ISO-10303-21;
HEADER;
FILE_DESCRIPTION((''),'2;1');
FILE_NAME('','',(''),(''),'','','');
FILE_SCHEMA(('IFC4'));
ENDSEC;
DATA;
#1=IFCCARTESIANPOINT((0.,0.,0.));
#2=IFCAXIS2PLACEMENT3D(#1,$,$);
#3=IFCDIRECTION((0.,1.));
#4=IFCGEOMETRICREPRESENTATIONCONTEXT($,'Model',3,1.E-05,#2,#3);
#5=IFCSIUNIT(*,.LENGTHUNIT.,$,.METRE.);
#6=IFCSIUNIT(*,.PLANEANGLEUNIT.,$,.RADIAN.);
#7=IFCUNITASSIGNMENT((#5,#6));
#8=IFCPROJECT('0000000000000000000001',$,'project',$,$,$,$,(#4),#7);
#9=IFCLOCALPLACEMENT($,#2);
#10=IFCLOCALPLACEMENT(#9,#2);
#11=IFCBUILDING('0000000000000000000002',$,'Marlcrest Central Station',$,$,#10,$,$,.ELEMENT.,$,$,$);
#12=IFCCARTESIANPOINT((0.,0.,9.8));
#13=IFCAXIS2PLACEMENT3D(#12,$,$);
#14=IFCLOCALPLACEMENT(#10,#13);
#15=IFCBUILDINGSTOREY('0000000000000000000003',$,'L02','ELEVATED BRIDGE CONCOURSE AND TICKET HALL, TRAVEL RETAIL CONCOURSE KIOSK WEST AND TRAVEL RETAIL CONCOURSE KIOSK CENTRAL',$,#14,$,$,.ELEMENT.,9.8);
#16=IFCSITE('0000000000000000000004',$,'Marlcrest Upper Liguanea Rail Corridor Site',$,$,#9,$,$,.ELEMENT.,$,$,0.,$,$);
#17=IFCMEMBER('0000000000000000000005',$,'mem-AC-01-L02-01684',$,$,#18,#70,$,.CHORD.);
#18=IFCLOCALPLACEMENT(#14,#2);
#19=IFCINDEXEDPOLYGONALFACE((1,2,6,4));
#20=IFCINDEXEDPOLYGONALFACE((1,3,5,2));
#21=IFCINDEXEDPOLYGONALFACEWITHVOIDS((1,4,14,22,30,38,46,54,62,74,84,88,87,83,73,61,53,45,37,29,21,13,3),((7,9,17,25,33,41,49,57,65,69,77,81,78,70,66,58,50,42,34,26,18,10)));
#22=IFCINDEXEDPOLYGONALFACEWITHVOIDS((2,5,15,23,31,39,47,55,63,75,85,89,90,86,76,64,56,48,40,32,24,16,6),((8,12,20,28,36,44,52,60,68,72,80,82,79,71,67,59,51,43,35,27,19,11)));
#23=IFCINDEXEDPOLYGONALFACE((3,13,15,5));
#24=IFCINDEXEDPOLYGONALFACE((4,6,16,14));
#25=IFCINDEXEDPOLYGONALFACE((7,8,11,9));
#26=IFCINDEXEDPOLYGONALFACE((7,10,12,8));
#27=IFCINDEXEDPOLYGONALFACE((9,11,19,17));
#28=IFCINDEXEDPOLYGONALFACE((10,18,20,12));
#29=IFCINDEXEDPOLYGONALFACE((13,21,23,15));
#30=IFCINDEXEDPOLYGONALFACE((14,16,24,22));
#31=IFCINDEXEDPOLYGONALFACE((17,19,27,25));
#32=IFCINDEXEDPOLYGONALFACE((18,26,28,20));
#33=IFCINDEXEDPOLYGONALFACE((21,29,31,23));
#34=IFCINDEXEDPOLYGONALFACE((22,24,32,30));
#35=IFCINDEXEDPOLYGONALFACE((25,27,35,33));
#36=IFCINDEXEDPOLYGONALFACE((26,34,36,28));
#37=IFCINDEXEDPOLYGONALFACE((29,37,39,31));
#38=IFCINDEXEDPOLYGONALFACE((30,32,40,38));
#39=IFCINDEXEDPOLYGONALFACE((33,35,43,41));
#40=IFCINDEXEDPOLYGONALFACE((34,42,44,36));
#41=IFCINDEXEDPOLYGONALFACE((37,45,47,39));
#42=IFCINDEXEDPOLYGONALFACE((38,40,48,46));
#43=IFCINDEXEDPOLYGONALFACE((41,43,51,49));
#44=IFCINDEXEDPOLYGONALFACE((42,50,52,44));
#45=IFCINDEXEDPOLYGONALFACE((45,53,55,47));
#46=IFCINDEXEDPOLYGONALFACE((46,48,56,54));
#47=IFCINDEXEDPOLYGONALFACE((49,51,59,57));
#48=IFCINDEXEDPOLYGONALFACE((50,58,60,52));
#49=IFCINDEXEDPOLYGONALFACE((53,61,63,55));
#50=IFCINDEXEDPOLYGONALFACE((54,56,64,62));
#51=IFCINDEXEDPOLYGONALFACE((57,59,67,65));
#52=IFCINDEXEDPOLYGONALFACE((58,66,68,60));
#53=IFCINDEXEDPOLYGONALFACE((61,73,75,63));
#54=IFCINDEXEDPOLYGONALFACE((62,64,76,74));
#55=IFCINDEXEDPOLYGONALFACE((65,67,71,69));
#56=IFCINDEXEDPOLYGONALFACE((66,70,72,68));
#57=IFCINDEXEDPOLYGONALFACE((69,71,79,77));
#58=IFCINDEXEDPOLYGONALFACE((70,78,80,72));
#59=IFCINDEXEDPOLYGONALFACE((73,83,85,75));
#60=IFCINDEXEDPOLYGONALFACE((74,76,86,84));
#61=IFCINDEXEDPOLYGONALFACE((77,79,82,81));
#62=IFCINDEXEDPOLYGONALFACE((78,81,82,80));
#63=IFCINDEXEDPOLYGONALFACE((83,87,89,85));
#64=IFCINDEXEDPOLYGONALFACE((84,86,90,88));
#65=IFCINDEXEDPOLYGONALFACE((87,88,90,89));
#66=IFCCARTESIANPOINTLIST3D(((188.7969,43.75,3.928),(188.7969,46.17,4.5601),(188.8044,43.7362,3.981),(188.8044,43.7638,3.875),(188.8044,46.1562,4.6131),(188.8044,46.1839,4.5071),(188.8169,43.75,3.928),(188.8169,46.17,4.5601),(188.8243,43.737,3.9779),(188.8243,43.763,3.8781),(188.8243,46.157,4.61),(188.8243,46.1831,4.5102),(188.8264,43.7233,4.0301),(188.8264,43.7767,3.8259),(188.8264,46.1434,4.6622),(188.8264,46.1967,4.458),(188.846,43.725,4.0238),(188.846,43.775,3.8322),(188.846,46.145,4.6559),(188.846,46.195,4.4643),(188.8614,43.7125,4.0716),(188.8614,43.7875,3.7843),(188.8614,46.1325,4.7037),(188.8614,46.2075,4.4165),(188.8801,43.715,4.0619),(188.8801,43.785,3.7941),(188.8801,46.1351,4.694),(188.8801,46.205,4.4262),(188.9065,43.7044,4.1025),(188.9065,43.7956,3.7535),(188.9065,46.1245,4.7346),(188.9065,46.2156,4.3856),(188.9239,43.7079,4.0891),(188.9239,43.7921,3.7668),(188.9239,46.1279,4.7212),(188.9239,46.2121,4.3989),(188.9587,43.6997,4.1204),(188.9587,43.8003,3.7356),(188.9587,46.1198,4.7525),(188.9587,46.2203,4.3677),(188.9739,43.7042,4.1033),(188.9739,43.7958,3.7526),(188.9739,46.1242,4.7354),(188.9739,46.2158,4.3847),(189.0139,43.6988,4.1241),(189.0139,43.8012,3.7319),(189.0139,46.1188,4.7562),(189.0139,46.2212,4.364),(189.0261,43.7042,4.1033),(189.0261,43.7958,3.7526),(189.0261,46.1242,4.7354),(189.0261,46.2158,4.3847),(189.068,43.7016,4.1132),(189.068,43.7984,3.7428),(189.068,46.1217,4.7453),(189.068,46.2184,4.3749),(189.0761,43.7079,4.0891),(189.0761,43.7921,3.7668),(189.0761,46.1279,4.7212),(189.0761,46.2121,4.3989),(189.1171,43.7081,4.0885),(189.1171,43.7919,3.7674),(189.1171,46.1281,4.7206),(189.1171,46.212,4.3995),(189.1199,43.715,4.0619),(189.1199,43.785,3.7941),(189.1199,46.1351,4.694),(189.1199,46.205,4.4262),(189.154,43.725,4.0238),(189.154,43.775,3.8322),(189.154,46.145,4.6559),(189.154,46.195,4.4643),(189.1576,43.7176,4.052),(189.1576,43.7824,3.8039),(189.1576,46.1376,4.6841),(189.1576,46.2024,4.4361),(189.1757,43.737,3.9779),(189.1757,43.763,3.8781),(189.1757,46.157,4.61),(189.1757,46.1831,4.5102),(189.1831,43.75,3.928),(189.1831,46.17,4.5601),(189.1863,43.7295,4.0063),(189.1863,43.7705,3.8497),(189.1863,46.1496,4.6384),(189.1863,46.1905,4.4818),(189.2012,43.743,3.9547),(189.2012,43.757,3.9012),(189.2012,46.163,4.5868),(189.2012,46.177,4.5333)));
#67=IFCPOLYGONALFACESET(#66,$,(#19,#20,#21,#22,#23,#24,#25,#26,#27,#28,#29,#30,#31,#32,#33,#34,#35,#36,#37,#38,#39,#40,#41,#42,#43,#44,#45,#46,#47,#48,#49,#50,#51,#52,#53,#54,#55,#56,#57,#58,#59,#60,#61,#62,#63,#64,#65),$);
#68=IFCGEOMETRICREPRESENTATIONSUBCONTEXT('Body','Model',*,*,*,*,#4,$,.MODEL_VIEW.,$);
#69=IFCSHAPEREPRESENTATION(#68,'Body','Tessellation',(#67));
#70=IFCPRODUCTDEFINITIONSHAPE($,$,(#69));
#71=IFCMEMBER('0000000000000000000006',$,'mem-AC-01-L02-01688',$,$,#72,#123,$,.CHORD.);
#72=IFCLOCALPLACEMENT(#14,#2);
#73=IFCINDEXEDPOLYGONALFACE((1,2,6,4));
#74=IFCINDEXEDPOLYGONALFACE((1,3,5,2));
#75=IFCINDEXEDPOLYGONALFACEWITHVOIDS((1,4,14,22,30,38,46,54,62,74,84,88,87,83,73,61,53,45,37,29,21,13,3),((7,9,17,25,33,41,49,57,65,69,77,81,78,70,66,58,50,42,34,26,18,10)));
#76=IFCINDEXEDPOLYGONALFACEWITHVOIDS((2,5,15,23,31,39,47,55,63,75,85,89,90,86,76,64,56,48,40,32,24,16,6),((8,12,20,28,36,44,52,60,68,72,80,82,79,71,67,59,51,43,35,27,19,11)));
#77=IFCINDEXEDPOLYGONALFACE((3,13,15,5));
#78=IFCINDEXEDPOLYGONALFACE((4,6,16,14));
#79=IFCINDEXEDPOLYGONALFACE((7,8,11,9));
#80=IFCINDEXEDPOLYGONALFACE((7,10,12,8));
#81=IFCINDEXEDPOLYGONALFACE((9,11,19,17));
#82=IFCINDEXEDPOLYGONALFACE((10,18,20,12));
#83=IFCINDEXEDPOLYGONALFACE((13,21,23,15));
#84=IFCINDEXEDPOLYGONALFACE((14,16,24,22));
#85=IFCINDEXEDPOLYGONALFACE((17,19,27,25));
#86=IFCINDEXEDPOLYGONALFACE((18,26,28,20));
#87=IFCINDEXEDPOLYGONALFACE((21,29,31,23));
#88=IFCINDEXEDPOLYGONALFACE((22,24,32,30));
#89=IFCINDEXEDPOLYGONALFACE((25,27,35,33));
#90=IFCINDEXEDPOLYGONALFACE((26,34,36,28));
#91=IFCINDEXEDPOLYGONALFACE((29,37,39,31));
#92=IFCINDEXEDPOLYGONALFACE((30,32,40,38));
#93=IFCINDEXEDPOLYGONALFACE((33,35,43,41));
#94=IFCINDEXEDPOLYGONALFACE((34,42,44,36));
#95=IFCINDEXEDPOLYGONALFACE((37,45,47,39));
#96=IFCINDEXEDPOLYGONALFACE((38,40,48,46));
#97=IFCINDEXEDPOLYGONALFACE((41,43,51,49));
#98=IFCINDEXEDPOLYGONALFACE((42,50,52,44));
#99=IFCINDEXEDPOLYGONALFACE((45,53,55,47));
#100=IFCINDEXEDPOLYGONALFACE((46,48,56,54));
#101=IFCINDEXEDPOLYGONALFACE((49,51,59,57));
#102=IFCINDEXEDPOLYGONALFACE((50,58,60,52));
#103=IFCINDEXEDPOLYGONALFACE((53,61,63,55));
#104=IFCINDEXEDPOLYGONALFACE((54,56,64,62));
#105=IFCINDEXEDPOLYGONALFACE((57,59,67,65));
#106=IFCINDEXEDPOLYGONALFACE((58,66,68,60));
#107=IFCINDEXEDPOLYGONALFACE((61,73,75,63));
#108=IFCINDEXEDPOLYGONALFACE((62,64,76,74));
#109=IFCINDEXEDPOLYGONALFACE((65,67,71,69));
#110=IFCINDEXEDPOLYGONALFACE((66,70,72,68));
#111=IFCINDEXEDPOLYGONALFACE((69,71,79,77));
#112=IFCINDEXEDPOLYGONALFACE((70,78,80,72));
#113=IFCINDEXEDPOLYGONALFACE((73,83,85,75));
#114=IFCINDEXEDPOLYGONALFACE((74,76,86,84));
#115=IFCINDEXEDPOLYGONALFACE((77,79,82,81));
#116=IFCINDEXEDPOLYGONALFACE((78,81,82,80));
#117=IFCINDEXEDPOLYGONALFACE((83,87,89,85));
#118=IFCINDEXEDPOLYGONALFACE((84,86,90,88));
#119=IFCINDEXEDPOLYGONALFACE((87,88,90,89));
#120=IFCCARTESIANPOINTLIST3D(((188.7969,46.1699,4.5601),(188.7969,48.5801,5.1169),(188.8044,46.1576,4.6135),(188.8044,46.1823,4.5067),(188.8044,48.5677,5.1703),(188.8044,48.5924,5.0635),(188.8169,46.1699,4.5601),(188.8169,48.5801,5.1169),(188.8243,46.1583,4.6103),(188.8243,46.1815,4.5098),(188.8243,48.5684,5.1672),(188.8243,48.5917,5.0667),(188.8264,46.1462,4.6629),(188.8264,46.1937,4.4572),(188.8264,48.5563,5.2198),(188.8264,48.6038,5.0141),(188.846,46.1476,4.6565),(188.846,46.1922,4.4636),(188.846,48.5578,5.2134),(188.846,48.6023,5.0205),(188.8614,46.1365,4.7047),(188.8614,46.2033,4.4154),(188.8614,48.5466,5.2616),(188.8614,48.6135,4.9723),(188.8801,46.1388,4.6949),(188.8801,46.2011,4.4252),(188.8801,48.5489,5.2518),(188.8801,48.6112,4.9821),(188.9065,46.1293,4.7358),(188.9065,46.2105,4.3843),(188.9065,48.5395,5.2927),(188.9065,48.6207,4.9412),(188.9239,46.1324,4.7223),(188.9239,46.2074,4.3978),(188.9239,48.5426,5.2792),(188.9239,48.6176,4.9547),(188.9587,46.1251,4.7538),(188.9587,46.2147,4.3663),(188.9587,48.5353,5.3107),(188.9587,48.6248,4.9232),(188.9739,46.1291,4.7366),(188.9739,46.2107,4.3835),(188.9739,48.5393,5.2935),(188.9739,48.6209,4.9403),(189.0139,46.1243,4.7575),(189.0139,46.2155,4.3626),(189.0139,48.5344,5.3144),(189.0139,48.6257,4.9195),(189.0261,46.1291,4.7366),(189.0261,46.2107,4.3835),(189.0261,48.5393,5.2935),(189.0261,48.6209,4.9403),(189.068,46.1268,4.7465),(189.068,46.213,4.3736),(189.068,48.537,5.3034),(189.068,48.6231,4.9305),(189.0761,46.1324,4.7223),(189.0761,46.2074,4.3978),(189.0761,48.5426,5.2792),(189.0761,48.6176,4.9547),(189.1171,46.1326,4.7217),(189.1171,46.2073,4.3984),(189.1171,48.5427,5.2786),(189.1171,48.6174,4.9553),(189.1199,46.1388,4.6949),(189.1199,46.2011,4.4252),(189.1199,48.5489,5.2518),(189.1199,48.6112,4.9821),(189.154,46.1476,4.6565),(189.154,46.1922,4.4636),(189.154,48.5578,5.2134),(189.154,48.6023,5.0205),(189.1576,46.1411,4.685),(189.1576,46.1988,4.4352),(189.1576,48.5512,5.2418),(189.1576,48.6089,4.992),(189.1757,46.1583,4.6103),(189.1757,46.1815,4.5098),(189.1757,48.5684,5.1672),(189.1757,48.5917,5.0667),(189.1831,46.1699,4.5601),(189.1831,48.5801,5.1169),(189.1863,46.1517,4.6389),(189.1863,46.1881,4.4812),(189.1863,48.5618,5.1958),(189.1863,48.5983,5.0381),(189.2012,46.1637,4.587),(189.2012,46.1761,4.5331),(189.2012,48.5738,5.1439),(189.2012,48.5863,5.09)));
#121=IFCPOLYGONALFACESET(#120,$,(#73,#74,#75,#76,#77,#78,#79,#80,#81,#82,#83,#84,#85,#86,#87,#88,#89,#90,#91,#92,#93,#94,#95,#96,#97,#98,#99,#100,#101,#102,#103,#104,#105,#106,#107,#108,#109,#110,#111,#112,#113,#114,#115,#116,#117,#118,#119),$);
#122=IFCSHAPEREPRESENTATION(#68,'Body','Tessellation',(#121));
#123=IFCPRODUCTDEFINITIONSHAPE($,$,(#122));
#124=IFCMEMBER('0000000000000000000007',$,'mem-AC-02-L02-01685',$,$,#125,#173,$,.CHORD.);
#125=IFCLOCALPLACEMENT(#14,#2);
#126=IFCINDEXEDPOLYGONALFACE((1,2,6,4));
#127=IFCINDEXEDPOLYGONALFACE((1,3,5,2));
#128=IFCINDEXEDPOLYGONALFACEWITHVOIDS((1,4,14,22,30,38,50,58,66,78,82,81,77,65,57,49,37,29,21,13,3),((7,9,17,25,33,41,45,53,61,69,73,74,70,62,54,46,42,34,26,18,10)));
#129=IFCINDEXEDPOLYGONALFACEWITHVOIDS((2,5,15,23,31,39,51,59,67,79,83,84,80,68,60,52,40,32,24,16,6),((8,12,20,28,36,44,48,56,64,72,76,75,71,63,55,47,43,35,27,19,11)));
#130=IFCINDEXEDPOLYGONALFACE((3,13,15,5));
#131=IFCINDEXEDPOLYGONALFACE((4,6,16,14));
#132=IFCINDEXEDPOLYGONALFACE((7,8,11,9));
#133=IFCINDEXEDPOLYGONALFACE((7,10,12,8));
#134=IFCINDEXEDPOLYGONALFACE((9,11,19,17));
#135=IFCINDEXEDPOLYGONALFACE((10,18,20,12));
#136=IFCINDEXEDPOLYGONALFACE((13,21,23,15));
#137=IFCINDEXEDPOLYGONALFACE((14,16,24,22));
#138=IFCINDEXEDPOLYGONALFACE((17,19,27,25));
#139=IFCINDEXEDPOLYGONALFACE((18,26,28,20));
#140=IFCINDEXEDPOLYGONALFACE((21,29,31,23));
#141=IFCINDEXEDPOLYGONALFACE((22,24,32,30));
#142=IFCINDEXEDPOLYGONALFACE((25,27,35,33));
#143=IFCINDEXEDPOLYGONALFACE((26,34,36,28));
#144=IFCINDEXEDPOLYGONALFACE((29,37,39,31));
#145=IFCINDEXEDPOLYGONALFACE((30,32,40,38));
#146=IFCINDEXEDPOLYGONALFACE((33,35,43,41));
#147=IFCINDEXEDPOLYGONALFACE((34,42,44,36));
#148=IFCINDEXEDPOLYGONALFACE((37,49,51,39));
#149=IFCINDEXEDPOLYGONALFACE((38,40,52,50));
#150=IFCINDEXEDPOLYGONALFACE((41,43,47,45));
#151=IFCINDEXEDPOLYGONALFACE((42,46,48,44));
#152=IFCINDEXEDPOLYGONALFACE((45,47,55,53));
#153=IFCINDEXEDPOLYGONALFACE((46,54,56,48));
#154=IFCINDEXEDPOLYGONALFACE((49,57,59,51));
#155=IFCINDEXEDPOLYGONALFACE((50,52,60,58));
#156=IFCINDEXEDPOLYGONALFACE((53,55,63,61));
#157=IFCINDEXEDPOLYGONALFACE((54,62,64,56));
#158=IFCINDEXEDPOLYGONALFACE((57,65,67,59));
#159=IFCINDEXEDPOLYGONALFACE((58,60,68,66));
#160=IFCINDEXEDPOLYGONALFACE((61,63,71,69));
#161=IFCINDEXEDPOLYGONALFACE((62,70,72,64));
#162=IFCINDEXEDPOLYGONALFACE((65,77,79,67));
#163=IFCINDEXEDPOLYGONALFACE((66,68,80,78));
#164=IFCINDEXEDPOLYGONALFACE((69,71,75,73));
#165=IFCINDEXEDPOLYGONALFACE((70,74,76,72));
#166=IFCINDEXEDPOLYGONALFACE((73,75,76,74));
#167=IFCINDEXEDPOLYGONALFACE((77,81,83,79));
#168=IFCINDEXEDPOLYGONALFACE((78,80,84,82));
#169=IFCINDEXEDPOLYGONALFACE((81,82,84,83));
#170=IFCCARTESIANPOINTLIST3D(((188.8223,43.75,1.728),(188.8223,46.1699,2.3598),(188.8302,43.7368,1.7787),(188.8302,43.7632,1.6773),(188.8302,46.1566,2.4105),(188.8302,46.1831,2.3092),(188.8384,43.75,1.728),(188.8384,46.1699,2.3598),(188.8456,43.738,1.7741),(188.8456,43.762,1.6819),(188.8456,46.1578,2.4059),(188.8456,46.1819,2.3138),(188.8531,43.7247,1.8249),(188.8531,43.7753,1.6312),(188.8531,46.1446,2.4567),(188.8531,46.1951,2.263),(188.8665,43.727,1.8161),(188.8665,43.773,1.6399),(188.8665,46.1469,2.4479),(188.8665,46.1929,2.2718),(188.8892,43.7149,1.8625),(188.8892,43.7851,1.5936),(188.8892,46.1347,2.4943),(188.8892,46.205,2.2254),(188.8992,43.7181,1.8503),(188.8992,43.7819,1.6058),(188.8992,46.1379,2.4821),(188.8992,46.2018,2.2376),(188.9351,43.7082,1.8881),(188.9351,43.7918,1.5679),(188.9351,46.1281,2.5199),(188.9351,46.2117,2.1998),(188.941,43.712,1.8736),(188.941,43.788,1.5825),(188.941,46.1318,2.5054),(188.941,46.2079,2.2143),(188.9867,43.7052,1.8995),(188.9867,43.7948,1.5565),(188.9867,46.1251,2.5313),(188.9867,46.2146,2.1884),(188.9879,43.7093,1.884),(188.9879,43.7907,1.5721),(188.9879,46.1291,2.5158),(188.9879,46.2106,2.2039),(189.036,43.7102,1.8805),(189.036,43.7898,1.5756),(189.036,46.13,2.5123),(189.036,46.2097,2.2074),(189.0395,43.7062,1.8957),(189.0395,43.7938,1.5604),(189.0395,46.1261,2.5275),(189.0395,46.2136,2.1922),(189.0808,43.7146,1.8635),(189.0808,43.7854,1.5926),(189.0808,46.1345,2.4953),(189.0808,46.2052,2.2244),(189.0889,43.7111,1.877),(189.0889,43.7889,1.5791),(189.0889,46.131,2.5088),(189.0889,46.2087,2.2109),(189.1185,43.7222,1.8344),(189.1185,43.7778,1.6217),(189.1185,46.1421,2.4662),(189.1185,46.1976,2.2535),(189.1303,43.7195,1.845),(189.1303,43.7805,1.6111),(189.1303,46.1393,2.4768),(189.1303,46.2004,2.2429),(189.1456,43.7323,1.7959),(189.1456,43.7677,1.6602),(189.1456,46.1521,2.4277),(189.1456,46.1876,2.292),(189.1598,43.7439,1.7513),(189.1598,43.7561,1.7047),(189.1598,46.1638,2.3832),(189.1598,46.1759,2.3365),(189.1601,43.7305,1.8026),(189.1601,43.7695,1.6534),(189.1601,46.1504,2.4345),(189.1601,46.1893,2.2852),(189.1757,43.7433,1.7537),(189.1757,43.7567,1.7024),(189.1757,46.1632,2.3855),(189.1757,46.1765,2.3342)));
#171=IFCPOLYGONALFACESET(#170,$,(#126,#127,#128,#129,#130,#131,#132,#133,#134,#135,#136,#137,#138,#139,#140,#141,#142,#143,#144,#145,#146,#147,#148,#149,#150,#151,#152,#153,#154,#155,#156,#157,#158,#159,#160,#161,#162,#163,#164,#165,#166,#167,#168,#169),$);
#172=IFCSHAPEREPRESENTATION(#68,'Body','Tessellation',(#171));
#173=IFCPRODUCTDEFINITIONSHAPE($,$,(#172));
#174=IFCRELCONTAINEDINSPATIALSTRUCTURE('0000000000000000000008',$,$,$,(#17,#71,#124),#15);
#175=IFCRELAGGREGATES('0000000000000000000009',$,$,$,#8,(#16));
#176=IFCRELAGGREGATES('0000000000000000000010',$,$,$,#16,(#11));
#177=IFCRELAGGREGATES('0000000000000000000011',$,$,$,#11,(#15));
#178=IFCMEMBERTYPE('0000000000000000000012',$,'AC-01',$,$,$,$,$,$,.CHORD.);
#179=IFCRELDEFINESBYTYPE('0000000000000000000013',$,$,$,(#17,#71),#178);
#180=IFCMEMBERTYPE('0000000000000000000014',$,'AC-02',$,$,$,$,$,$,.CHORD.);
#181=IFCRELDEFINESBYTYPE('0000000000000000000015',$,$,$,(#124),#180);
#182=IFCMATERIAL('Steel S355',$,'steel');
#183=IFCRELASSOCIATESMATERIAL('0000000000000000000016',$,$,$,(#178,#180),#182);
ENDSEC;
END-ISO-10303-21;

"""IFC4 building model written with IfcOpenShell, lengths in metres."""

from ifc_helpers import new_model, si_unit, direction, frame, origin, origin_2d, place, context, subcontext, project, spatial, hollow_circle, extrude, material, material_profile, profile_set, type_object, element, save


model = new_model("IFC4")

# Units and contexts
model_context = context("Model", 3, precision=1e-05, world=origin(), true_north=direction((0.0, 1.0)))
body_context = subcontext(model_context, "Body", "Model", "MODEL_VIEW")
ifc_project = project(units=[si_unit("LENGTHUNIT", "METRE"), si_unit("PLANEANGLEUNIT", "RADIAN")], contexts=[model_context])

# Site, building, storey
site_placement = place(None, origin())
site = spatial("IfcSite", under=ifc_project, at=site_placement, Name="Marlcrest Upper Liguanea Rail Corridor Site", CompositionType="ELEMENT", RefElevation=0.0)
building_placement = place(site_placement, origin())
building = spatial("IfcBuilding", under=site, at=building_placement, Name="Marlcrest Central Station", CompositionType="ELEMENT")
storey_placement = place(building_placement, frame((0.0, 0.0, 9.8)))
storey = spatial("IfcBuildingStorey", under=building, at=storey_placement, Name="L02", Description="ELEVATED BRIDGE CONCOURSE AND TICKET HALL, TRAVEL RETAIL CONCOURSE KIOSK WEST AND TRAVEL RETAIL CONCOURSE KIOSK CENTRAL", CompositionType="ELEMENT", Elevation=9.8)

# Members
ifc_material_1 = material(Name="Steel S355", Category="steel")
ifc_material_profile_1 = material_profile(ifc_material_1, hollow_circle(Radius=0.2031, WallThickness=0.02, at=origin_2d()), Name="CHS 406.4x20")
ifc_profile_set_1 = profile_set([ifc_material_profile_1], Name="Steel S355")
member_type_1 = type_object("IfcMemberType", Name="AC-01", PredefinedType="CHORD", material=ifc_profile_set_1)
member_1_placement = place(storey_placement, frame((189.0, 43.75, 3.928), z_axis=(0.0, 0.967539, 0.25272), x_axis=(-1.0, 0.0, 0.0)))
element("IfcMember", 1, at=member_1_placement, inside=storey, type_object=member_type_1, Name="mem-AC-01-L02-01684", PredefinedType="CHORD", context=body_context, shape_type="SweptSolid", body=[
    extrude(hollow_circle(Radius=0.2031, WallThickness=0.02, at=origin_2d()), origin(), (0.0, 0.0, 1.0), 2.5012),
])
member_2_placement = place(storey_placement, frame((189.0, 46.1699, 4.5601), z_axis=(0.0, 0.97433, 0.225126), x_axis=(-1.0, 0.0, 0.0)))
element("IfcMember", 2, at=member_2_placement, inside=storey, type_object=member_type_1, Name="mem-AC-01-L02-01688", PredefinedType="CHORD", context=body_context, shape_type="SweptSolid", body=[
    extrude(hollow_circle(Radius=0.2031, WallThickness=0.02, at=origin_2d()), origin(), (0.0, 0.0, 1.0), 2.4736),
])
ifc_material_profile_2 = material_profile(ifc_material_1, hollow_circle(Radius=0.1777, WallThickness=0.0161, at=origin_2d()), Name="CHS 355.6x16")
ifc_profile_set_2 = profile_set([ifc_material_profile_2], Name="Steel S355")
member_type_2 = type_object("IfcMemberType", Name="AC-02", PredefinedType="CHORD", material=ifc_profile_set_2)
member_3_placement = place(storey_placement, frame((189.0, 43.75, 1.728), z_axis=(0.0, 0.967563, 0.252629), x_axis=(-1.0, 0.0, 0.0)))
element("IfcMember", 3, at=member_3_placement, inside=storey, type_object=member_type_2, Name="mem-AC-02-L02-01685", PredefinedType="CHORD", context=body_context, shape_type="SweptSolid", body=[
    extrude(hollow_circle(Radius=0.1777, WallThickness=0.0161, at=origin_2d()), origin(), (0.0, 0.0, 1.0), 2.501),
])

save(model, "model.ifc")
